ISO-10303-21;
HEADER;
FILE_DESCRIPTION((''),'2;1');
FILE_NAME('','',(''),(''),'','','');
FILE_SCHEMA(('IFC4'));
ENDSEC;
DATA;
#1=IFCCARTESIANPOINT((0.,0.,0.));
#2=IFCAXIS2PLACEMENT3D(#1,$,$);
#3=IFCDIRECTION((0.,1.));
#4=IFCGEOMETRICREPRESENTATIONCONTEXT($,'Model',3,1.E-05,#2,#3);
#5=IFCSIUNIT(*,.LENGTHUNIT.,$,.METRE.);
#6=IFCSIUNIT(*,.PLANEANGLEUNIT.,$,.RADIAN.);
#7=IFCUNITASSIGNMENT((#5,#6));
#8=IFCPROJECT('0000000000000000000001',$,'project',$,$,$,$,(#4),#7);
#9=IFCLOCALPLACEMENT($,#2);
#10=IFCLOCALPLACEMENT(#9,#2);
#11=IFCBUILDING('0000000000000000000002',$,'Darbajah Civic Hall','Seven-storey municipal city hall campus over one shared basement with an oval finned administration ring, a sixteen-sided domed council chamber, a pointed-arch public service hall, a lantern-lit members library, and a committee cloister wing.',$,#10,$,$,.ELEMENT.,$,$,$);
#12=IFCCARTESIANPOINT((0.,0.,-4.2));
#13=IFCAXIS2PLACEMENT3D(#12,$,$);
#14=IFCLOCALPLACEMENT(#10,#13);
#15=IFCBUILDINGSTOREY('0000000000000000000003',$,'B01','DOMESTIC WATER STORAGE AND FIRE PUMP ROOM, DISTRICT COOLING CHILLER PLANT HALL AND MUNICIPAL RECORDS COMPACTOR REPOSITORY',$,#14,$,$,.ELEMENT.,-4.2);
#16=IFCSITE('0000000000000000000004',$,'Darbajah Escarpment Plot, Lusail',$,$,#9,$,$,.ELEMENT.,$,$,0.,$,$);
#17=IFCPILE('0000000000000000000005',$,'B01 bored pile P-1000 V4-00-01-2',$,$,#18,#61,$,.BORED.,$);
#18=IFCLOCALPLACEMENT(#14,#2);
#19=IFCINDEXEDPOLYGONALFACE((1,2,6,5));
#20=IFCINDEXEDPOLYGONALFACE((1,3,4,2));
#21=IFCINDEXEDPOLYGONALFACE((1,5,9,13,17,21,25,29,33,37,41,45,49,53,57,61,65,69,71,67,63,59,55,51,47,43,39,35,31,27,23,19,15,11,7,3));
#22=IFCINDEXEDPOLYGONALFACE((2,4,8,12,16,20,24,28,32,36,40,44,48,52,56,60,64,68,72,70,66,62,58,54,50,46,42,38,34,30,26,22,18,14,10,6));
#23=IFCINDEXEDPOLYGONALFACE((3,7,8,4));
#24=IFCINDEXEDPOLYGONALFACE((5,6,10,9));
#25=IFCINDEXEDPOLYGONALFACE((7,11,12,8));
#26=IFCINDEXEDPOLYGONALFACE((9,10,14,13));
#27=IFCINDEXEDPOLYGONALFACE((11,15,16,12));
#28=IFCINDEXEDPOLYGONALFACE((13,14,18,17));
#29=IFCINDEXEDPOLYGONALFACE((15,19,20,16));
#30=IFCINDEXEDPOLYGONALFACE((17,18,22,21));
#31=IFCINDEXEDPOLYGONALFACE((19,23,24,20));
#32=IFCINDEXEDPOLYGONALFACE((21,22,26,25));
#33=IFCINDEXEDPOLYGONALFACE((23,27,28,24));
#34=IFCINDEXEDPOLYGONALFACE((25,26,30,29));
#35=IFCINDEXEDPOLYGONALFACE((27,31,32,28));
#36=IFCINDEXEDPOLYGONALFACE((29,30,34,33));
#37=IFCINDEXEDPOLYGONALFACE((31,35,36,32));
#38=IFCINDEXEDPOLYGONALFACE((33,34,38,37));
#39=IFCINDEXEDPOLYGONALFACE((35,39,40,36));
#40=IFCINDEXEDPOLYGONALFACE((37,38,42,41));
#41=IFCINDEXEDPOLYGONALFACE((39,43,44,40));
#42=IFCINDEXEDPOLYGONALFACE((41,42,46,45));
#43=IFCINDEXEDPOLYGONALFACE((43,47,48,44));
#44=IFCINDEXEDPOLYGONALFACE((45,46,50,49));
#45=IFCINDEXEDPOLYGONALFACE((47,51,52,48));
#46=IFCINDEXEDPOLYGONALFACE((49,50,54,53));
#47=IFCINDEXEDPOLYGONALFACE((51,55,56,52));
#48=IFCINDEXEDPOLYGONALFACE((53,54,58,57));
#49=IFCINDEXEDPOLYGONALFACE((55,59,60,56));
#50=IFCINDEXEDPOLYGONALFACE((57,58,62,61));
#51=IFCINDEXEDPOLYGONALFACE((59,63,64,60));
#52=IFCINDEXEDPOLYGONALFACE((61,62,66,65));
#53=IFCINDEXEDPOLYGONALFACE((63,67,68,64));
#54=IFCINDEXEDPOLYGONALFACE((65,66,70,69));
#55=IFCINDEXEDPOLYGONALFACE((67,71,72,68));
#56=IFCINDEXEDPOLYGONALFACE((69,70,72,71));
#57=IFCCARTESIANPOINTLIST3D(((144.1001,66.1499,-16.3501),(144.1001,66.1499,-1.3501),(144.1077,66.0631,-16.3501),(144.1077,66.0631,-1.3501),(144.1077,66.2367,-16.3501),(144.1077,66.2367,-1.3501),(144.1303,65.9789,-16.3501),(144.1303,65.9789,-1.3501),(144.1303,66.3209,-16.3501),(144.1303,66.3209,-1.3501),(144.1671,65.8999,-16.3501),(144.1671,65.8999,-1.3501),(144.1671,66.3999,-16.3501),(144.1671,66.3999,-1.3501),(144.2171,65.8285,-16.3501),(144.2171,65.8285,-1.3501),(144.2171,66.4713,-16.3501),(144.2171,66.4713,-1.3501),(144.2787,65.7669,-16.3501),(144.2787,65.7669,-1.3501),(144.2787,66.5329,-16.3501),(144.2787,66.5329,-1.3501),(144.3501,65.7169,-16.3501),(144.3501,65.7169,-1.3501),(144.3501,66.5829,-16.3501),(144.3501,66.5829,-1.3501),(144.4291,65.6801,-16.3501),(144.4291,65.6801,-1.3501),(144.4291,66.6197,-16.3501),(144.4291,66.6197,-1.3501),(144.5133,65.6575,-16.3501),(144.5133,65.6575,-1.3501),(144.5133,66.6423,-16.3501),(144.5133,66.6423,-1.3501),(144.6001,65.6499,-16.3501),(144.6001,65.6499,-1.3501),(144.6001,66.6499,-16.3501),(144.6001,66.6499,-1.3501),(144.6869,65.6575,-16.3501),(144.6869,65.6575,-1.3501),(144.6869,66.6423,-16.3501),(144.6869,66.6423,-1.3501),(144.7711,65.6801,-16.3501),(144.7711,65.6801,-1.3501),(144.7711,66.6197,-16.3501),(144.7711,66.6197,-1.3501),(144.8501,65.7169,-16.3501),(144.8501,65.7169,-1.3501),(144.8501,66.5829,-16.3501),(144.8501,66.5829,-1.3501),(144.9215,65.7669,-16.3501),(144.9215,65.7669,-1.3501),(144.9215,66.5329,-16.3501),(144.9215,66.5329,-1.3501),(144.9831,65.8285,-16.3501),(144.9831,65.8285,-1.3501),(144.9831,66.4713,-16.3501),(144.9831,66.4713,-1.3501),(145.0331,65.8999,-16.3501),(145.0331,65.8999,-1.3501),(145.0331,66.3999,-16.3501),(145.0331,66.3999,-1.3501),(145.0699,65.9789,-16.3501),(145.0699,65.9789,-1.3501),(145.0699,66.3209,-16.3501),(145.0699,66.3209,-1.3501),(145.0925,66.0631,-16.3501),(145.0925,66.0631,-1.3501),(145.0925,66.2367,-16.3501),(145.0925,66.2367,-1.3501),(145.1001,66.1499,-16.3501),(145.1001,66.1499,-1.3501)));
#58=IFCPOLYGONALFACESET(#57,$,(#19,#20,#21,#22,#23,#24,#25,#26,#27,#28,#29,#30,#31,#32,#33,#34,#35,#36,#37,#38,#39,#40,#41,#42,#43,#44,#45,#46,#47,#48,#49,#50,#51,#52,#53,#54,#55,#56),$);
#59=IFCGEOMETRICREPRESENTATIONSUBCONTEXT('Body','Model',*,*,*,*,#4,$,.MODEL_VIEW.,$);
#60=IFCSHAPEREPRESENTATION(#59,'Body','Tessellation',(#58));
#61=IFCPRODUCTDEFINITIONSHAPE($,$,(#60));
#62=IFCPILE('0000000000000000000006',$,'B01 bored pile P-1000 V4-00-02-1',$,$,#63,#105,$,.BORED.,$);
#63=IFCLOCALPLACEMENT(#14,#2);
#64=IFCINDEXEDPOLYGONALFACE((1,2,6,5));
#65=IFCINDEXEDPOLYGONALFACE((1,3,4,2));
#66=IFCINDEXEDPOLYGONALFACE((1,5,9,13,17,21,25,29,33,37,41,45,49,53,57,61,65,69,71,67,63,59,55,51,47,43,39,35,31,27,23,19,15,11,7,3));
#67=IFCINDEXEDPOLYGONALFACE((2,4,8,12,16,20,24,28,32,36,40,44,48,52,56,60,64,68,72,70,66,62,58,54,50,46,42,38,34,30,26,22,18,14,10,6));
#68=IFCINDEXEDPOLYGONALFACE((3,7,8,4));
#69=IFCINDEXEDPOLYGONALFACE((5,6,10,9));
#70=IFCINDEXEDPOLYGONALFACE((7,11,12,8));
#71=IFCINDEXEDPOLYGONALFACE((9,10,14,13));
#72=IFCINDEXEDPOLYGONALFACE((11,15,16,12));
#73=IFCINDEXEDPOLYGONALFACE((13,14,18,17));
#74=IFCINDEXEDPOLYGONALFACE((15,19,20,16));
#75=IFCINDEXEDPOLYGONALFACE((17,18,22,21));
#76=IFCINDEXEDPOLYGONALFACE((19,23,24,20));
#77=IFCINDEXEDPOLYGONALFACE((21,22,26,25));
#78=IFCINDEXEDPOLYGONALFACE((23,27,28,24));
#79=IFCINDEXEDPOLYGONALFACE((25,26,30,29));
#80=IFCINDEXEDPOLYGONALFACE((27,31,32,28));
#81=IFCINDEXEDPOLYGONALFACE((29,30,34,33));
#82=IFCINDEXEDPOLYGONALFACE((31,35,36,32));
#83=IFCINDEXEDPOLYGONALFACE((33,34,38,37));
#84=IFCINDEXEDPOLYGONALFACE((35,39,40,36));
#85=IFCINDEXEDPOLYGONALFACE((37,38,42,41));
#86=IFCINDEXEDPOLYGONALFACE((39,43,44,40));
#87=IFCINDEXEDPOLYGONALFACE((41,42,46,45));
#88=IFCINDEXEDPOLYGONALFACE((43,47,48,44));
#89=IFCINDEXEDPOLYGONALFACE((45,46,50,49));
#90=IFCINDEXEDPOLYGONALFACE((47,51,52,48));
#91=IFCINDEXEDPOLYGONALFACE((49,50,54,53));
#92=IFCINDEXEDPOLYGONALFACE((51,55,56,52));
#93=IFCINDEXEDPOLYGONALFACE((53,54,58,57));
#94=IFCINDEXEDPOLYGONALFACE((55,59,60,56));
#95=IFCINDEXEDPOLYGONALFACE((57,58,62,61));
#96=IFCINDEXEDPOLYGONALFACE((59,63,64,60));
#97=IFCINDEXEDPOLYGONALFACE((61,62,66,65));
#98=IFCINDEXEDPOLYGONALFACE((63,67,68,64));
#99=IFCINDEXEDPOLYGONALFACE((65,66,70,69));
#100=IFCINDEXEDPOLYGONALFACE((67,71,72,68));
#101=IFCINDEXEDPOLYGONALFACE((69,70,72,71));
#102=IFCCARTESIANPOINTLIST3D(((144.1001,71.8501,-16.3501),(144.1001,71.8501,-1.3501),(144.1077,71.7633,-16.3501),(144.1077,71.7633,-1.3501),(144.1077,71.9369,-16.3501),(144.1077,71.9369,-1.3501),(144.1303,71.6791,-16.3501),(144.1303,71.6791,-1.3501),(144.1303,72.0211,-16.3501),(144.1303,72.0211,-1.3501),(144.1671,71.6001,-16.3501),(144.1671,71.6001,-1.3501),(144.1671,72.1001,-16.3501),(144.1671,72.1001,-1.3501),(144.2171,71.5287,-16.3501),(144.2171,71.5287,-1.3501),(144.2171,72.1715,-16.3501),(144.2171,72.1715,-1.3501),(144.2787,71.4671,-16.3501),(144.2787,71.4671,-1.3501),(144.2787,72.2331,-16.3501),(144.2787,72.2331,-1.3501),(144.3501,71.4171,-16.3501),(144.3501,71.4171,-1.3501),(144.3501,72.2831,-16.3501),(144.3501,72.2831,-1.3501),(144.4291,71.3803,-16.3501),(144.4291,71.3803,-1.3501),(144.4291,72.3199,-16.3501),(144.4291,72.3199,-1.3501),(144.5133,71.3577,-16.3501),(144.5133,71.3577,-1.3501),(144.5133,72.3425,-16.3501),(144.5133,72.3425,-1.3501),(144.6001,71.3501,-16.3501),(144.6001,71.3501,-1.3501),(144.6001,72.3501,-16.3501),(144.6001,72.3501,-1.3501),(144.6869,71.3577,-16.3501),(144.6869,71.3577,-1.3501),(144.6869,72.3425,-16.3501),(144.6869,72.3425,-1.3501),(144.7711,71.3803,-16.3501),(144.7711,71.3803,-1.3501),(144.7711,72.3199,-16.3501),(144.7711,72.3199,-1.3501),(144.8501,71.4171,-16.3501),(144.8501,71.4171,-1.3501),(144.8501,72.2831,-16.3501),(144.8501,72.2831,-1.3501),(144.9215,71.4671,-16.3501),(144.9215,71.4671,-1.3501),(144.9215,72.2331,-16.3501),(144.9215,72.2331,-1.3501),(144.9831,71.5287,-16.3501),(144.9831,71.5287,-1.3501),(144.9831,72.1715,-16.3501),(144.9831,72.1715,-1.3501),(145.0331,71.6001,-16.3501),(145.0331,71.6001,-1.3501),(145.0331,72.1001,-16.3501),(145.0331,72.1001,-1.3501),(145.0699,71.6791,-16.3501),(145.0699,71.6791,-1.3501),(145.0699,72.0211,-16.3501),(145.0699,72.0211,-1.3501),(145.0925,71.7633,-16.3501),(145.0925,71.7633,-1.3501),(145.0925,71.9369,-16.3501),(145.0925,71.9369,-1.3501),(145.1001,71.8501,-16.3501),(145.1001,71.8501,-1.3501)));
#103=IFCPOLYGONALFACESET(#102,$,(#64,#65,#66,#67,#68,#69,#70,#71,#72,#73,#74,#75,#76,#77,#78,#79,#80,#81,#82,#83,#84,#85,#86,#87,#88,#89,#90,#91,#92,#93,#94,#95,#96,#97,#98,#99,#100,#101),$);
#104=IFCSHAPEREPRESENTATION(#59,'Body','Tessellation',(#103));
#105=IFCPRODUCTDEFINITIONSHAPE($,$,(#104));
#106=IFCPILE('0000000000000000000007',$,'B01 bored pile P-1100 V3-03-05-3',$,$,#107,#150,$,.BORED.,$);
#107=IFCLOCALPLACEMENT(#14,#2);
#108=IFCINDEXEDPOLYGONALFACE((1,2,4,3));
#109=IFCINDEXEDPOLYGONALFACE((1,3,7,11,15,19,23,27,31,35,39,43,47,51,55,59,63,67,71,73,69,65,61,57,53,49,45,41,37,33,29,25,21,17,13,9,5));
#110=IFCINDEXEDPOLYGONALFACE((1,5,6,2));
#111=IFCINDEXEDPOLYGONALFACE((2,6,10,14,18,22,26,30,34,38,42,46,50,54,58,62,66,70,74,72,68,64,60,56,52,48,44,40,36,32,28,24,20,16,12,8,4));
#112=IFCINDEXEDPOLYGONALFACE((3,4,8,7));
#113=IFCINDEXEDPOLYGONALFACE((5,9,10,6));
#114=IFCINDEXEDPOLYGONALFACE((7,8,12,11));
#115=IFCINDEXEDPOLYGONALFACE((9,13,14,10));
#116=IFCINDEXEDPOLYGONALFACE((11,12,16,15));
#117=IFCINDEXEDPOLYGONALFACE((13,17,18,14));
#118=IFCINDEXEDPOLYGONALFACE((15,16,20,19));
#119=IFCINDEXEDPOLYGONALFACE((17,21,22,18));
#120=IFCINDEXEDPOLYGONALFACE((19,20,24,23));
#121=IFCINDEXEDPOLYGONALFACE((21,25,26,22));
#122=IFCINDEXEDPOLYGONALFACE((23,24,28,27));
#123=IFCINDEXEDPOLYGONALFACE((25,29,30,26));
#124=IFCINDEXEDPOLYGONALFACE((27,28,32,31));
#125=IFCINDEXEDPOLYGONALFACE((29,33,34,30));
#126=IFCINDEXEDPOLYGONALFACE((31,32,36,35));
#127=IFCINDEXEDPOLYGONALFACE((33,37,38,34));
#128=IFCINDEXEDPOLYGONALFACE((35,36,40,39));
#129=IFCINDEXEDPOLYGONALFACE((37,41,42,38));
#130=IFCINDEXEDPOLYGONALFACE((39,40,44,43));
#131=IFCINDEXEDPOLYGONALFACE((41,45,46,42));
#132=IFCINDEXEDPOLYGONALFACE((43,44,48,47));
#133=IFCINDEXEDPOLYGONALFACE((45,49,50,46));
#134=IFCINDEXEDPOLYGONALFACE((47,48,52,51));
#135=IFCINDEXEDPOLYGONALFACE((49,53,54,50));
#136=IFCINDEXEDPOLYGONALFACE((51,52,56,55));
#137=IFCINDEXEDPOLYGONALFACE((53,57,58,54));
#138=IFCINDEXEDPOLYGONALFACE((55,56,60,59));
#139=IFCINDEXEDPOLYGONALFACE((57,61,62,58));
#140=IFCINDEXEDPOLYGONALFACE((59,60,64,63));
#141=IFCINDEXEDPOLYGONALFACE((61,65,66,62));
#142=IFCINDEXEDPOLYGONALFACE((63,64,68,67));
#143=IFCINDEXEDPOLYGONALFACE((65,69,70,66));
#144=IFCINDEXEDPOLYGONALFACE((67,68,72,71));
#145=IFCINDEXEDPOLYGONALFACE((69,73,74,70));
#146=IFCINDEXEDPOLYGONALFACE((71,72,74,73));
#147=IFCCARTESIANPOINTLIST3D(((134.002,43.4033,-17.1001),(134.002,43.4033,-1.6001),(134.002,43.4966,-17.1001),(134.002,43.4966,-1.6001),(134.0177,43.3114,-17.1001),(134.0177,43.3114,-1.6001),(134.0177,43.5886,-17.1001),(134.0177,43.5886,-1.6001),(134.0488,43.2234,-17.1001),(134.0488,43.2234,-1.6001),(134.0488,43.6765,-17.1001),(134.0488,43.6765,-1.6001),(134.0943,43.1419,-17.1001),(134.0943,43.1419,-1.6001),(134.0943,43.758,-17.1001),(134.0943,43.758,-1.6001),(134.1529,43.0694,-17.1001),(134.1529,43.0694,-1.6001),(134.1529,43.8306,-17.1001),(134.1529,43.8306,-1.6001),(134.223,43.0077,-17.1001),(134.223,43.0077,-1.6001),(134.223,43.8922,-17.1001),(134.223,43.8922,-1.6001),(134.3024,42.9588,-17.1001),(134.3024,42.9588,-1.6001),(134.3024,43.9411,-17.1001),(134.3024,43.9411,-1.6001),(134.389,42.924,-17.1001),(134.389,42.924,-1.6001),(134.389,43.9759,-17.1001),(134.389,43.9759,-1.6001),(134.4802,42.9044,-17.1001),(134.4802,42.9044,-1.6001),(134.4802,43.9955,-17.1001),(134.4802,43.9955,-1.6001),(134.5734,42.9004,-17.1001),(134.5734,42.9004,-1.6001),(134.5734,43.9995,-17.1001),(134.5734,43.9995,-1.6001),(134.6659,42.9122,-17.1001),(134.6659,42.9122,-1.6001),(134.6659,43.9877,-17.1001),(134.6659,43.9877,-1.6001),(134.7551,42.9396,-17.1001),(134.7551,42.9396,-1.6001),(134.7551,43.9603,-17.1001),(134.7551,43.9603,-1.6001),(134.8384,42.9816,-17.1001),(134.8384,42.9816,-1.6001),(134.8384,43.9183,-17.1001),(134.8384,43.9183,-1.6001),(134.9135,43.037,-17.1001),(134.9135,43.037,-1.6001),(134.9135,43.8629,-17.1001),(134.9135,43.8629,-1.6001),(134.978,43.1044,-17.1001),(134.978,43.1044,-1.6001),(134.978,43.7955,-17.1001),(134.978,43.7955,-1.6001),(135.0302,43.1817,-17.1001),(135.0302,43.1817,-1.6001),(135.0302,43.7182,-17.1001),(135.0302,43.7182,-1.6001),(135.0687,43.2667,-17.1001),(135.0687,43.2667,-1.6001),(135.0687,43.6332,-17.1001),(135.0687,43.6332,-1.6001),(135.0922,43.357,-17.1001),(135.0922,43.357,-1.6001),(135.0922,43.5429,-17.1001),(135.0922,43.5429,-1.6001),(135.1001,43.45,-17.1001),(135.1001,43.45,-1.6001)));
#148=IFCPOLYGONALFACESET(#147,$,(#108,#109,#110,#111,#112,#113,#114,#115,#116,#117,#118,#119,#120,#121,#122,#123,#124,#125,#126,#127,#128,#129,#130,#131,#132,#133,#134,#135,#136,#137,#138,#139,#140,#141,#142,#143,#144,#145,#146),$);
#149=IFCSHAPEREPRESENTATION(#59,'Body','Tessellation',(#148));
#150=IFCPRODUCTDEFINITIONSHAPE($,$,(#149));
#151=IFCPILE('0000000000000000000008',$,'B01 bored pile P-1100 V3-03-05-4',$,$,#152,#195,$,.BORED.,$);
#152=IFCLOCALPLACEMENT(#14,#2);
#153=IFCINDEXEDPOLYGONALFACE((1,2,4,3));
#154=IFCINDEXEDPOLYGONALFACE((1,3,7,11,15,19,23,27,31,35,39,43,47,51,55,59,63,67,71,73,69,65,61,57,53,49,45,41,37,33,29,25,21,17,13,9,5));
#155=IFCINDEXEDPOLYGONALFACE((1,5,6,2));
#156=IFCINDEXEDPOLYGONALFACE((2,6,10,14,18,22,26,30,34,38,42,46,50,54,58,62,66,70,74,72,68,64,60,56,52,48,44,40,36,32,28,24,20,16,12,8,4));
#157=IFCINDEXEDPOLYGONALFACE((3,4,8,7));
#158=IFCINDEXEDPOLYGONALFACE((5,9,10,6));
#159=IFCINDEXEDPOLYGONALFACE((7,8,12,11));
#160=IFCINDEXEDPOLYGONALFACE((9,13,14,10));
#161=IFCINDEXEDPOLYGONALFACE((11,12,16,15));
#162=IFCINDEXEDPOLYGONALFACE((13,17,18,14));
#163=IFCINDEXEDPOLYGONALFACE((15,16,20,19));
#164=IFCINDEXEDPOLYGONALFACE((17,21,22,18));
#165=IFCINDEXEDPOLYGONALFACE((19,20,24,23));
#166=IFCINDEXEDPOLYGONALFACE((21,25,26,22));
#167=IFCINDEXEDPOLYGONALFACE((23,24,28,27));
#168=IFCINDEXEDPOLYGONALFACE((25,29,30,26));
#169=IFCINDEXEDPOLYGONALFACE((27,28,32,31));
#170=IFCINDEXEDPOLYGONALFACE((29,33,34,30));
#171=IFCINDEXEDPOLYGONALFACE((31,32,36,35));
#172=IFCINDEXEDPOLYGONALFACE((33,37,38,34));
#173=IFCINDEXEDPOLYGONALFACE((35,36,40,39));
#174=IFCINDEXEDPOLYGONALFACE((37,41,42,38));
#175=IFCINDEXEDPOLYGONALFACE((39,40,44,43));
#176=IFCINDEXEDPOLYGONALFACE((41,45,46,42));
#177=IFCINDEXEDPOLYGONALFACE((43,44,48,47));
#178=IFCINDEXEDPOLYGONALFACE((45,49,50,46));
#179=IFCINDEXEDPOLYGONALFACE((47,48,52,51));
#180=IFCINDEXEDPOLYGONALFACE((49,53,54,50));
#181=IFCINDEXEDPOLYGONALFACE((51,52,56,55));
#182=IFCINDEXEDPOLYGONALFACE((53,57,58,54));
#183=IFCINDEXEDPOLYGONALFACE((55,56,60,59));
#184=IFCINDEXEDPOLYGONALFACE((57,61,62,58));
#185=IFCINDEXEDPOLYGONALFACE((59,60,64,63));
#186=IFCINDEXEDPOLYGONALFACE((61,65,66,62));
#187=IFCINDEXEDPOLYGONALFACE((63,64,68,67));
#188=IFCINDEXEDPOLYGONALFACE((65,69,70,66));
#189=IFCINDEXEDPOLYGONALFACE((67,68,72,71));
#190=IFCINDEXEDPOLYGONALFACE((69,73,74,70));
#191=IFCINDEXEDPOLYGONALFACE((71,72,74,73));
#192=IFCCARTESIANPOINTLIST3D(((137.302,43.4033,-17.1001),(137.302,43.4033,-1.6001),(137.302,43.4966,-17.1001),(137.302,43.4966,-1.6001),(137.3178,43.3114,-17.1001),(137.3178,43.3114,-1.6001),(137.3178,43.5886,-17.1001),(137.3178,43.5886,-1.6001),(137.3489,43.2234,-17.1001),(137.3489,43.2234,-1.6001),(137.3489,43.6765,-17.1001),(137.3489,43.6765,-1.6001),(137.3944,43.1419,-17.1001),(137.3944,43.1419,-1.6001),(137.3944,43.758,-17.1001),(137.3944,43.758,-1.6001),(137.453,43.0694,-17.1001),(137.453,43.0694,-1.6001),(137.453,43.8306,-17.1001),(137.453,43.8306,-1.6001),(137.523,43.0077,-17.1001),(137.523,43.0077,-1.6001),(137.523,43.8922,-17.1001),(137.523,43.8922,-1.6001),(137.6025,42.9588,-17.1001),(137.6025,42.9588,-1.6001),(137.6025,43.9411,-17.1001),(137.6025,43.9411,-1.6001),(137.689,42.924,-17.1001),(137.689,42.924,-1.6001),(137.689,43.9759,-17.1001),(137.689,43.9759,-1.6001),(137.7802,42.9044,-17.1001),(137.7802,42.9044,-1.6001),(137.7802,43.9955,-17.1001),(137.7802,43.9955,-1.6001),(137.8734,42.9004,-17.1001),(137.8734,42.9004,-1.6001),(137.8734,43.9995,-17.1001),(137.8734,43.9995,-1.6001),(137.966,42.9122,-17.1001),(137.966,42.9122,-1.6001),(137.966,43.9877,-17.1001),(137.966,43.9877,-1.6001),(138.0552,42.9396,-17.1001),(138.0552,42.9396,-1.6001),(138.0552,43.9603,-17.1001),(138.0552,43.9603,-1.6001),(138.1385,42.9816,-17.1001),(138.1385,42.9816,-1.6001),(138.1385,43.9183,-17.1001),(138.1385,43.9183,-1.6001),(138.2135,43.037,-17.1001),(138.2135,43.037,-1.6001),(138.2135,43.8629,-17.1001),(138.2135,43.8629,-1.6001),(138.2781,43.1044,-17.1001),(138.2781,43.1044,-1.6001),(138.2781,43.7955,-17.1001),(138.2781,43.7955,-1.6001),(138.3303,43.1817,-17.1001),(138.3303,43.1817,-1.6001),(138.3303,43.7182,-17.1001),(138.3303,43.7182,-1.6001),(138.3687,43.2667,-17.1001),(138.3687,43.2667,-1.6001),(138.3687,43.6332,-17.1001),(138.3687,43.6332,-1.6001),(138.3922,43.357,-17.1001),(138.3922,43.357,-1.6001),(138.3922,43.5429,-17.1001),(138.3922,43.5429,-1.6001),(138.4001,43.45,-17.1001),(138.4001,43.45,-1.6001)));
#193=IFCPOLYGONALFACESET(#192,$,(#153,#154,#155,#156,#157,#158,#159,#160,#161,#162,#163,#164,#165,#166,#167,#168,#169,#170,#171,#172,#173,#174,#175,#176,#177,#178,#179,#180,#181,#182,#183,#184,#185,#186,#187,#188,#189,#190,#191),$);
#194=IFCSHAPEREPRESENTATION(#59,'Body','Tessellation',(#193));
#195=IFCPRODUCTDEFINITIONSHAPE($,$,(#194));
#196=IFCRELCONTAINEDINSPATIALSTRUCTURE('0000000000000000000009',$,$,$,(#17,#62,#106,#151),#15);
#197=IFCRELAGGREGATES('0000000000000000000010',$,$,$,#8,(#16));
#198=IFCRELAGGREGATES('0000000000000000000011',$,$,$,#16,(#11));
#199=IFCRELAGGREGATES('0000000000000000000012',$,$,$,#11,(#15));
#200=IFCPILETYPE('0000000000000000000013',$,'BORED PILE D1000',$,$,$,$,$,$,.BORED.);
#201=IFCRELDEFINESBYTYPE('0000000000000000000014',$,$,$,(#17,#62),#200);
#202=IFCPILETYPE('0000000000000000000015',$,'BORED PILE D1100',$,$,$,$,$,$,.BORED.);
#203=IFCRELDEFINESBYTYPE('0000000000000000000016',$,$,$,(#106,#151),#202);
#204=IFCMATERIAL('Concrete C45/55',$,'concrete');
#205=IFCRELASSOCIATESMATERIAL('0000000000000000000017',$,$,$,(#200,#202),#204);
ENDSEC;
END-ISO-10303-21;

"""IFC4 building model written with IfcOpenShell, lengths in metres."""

from ifc_helpers import new_model, si_unit, direction, frame, origin, origin_2d, place, context, subcontext, project, spatial, circle, extrude, material, material_profile, profile_set, type_object, element, save


model = new_model("IFC4")

# Units and contexts
model_context = context("Model", 3, precision=1e-05, world=origin(), true_north=direction((0.0, 1.0)))
body_context = subcontext(model_context, "Body", "Model", "MODEL_VIEW")
ifc_project = project(units=[si_unit("LENGTHUNIT", "METRE"), si_unit("PLANEANGLEUNIT", "RADIAN")], contexts=[model_context])

# Site, building, storey
site_placement = place(None, origin())
site = spatial("IfcSite", under=ifc_project, at=site_placement, Name="Darbajah Escarpment Plot, Lusail", CompositionType="ELEMENT", RefElevation=0.0)
building_placement = place(site_placement, origin())
building = spatial("IfcBuilding", under=site, at=building_placement, Name="Darbajah Civic Hall", Description="Seven-storey municipal city hall campus over one shared basement with an oval finned administration ring, a sixteen-sided domed council chamber, a pointed-arch public service hall, a lantern-lit members library, and a committee cloister wing.", CompositionType="ELEMENT")
storey_placement = place(building_placement, frame((0.0, 0.0, -4.2)))
storey = spatial("IfcBuildingStorey", under=building, at=storey_placement, Name="B01", Description="DOMESTIC WATER STORAGE AND FIRE PUMP ROOM, DISTRICT COOLING CHILLER PLANT HALL AND MUNICIPAL RECORDS COMPACTOR REPOSITORY", CompositionType="ELEMENT", Elevation=-4.2)

# Piles
ifc_material_1 = material(Name="Concrete C45/55", Category="concrete")
ifc_material_profile_1 = material_profile(ifc_material_1, circle(Radius=0.5, at=origin_2d()), Name="BORED PILE D1000")
ifc_profile_set_1 = profile_set([ifc_material_profile_1], Name="Concrete C45/55")
pile_type_1 = type_object("IfcPileType", Name="BORED PILE D1000", PredefinedType="BORED", material=ifc_profile_set_1)
for number, where, z_axis, x_axis, name in (
    (1, (144.6001, 66.1499, -1.3501), (0.0, 0.0, -1.0), (1.0, 0.0, 0.0), "B01 bored pile P-1000 V4-00-01-2"),
    (2, (144.6001, 71.8501, -1.3501), (0.0, 0.0, -1.0), (1.0, 0.0, 0.0), "B01 bored pile P-1000 V4-00-02-1"),
):
    element("IfcPile", number, at=place(storey_placement, frame(where, z_axis=z_axis, x_axis=x_axis)), inside=storey, type_object=pile_type_1, Name=name, PredefinedType="BORED", context=body_context, shape_type="SweptSolid", body=[
        extrude(circle(Radius=0.5, at=origin_2d()), origin(), (0.0, 0.0, 1.0), 15.0),
    ])
ifc_material_profile_2 = material_profile(ifc_material_1, circle(Radius=0.55, at=origin_2d()), Name="BORED PILE D1100")
ifc_profile_set_2 = profile_set([ifc_material_profile_2], Name="Concrete C45/55")
pile_type_2 = type_object("IfcPileType", Name="BORED PILE D1100", PredefinedType="BORED", material=ifc_profile_set_2)
for number, where, z_axis, x_axis, name in (
    (3, (134.55, 43.45, -1.6001), (0.0, 0.0, -1.0), (1.0, 0.0, 0.0), "B01 bored pile P-1100 V3-03-05-3"),
    (4, (137.8501, 43.45, -1.6001), (0.0, 0.0, -1.0), (1.0, 0.0, 0.0), "B01 bored pile P-1100 V3-03-05-4"),
):
    element("IfcPile", number, at=place(storey_placement, frame(where, z_axis=z_axis, x_axis=x_axis)), inside=storey, type_object=pile_type_2, Name=name, PredefinedType="BORED", context=body_context, shape_type="SweptSolid", body=[
        extrude(circle(Radius=0.55, at=origin_2d()), origin(), (0.0, 0.0, 1.0), 15.5),
    ])

save(model, "model.ifc")
